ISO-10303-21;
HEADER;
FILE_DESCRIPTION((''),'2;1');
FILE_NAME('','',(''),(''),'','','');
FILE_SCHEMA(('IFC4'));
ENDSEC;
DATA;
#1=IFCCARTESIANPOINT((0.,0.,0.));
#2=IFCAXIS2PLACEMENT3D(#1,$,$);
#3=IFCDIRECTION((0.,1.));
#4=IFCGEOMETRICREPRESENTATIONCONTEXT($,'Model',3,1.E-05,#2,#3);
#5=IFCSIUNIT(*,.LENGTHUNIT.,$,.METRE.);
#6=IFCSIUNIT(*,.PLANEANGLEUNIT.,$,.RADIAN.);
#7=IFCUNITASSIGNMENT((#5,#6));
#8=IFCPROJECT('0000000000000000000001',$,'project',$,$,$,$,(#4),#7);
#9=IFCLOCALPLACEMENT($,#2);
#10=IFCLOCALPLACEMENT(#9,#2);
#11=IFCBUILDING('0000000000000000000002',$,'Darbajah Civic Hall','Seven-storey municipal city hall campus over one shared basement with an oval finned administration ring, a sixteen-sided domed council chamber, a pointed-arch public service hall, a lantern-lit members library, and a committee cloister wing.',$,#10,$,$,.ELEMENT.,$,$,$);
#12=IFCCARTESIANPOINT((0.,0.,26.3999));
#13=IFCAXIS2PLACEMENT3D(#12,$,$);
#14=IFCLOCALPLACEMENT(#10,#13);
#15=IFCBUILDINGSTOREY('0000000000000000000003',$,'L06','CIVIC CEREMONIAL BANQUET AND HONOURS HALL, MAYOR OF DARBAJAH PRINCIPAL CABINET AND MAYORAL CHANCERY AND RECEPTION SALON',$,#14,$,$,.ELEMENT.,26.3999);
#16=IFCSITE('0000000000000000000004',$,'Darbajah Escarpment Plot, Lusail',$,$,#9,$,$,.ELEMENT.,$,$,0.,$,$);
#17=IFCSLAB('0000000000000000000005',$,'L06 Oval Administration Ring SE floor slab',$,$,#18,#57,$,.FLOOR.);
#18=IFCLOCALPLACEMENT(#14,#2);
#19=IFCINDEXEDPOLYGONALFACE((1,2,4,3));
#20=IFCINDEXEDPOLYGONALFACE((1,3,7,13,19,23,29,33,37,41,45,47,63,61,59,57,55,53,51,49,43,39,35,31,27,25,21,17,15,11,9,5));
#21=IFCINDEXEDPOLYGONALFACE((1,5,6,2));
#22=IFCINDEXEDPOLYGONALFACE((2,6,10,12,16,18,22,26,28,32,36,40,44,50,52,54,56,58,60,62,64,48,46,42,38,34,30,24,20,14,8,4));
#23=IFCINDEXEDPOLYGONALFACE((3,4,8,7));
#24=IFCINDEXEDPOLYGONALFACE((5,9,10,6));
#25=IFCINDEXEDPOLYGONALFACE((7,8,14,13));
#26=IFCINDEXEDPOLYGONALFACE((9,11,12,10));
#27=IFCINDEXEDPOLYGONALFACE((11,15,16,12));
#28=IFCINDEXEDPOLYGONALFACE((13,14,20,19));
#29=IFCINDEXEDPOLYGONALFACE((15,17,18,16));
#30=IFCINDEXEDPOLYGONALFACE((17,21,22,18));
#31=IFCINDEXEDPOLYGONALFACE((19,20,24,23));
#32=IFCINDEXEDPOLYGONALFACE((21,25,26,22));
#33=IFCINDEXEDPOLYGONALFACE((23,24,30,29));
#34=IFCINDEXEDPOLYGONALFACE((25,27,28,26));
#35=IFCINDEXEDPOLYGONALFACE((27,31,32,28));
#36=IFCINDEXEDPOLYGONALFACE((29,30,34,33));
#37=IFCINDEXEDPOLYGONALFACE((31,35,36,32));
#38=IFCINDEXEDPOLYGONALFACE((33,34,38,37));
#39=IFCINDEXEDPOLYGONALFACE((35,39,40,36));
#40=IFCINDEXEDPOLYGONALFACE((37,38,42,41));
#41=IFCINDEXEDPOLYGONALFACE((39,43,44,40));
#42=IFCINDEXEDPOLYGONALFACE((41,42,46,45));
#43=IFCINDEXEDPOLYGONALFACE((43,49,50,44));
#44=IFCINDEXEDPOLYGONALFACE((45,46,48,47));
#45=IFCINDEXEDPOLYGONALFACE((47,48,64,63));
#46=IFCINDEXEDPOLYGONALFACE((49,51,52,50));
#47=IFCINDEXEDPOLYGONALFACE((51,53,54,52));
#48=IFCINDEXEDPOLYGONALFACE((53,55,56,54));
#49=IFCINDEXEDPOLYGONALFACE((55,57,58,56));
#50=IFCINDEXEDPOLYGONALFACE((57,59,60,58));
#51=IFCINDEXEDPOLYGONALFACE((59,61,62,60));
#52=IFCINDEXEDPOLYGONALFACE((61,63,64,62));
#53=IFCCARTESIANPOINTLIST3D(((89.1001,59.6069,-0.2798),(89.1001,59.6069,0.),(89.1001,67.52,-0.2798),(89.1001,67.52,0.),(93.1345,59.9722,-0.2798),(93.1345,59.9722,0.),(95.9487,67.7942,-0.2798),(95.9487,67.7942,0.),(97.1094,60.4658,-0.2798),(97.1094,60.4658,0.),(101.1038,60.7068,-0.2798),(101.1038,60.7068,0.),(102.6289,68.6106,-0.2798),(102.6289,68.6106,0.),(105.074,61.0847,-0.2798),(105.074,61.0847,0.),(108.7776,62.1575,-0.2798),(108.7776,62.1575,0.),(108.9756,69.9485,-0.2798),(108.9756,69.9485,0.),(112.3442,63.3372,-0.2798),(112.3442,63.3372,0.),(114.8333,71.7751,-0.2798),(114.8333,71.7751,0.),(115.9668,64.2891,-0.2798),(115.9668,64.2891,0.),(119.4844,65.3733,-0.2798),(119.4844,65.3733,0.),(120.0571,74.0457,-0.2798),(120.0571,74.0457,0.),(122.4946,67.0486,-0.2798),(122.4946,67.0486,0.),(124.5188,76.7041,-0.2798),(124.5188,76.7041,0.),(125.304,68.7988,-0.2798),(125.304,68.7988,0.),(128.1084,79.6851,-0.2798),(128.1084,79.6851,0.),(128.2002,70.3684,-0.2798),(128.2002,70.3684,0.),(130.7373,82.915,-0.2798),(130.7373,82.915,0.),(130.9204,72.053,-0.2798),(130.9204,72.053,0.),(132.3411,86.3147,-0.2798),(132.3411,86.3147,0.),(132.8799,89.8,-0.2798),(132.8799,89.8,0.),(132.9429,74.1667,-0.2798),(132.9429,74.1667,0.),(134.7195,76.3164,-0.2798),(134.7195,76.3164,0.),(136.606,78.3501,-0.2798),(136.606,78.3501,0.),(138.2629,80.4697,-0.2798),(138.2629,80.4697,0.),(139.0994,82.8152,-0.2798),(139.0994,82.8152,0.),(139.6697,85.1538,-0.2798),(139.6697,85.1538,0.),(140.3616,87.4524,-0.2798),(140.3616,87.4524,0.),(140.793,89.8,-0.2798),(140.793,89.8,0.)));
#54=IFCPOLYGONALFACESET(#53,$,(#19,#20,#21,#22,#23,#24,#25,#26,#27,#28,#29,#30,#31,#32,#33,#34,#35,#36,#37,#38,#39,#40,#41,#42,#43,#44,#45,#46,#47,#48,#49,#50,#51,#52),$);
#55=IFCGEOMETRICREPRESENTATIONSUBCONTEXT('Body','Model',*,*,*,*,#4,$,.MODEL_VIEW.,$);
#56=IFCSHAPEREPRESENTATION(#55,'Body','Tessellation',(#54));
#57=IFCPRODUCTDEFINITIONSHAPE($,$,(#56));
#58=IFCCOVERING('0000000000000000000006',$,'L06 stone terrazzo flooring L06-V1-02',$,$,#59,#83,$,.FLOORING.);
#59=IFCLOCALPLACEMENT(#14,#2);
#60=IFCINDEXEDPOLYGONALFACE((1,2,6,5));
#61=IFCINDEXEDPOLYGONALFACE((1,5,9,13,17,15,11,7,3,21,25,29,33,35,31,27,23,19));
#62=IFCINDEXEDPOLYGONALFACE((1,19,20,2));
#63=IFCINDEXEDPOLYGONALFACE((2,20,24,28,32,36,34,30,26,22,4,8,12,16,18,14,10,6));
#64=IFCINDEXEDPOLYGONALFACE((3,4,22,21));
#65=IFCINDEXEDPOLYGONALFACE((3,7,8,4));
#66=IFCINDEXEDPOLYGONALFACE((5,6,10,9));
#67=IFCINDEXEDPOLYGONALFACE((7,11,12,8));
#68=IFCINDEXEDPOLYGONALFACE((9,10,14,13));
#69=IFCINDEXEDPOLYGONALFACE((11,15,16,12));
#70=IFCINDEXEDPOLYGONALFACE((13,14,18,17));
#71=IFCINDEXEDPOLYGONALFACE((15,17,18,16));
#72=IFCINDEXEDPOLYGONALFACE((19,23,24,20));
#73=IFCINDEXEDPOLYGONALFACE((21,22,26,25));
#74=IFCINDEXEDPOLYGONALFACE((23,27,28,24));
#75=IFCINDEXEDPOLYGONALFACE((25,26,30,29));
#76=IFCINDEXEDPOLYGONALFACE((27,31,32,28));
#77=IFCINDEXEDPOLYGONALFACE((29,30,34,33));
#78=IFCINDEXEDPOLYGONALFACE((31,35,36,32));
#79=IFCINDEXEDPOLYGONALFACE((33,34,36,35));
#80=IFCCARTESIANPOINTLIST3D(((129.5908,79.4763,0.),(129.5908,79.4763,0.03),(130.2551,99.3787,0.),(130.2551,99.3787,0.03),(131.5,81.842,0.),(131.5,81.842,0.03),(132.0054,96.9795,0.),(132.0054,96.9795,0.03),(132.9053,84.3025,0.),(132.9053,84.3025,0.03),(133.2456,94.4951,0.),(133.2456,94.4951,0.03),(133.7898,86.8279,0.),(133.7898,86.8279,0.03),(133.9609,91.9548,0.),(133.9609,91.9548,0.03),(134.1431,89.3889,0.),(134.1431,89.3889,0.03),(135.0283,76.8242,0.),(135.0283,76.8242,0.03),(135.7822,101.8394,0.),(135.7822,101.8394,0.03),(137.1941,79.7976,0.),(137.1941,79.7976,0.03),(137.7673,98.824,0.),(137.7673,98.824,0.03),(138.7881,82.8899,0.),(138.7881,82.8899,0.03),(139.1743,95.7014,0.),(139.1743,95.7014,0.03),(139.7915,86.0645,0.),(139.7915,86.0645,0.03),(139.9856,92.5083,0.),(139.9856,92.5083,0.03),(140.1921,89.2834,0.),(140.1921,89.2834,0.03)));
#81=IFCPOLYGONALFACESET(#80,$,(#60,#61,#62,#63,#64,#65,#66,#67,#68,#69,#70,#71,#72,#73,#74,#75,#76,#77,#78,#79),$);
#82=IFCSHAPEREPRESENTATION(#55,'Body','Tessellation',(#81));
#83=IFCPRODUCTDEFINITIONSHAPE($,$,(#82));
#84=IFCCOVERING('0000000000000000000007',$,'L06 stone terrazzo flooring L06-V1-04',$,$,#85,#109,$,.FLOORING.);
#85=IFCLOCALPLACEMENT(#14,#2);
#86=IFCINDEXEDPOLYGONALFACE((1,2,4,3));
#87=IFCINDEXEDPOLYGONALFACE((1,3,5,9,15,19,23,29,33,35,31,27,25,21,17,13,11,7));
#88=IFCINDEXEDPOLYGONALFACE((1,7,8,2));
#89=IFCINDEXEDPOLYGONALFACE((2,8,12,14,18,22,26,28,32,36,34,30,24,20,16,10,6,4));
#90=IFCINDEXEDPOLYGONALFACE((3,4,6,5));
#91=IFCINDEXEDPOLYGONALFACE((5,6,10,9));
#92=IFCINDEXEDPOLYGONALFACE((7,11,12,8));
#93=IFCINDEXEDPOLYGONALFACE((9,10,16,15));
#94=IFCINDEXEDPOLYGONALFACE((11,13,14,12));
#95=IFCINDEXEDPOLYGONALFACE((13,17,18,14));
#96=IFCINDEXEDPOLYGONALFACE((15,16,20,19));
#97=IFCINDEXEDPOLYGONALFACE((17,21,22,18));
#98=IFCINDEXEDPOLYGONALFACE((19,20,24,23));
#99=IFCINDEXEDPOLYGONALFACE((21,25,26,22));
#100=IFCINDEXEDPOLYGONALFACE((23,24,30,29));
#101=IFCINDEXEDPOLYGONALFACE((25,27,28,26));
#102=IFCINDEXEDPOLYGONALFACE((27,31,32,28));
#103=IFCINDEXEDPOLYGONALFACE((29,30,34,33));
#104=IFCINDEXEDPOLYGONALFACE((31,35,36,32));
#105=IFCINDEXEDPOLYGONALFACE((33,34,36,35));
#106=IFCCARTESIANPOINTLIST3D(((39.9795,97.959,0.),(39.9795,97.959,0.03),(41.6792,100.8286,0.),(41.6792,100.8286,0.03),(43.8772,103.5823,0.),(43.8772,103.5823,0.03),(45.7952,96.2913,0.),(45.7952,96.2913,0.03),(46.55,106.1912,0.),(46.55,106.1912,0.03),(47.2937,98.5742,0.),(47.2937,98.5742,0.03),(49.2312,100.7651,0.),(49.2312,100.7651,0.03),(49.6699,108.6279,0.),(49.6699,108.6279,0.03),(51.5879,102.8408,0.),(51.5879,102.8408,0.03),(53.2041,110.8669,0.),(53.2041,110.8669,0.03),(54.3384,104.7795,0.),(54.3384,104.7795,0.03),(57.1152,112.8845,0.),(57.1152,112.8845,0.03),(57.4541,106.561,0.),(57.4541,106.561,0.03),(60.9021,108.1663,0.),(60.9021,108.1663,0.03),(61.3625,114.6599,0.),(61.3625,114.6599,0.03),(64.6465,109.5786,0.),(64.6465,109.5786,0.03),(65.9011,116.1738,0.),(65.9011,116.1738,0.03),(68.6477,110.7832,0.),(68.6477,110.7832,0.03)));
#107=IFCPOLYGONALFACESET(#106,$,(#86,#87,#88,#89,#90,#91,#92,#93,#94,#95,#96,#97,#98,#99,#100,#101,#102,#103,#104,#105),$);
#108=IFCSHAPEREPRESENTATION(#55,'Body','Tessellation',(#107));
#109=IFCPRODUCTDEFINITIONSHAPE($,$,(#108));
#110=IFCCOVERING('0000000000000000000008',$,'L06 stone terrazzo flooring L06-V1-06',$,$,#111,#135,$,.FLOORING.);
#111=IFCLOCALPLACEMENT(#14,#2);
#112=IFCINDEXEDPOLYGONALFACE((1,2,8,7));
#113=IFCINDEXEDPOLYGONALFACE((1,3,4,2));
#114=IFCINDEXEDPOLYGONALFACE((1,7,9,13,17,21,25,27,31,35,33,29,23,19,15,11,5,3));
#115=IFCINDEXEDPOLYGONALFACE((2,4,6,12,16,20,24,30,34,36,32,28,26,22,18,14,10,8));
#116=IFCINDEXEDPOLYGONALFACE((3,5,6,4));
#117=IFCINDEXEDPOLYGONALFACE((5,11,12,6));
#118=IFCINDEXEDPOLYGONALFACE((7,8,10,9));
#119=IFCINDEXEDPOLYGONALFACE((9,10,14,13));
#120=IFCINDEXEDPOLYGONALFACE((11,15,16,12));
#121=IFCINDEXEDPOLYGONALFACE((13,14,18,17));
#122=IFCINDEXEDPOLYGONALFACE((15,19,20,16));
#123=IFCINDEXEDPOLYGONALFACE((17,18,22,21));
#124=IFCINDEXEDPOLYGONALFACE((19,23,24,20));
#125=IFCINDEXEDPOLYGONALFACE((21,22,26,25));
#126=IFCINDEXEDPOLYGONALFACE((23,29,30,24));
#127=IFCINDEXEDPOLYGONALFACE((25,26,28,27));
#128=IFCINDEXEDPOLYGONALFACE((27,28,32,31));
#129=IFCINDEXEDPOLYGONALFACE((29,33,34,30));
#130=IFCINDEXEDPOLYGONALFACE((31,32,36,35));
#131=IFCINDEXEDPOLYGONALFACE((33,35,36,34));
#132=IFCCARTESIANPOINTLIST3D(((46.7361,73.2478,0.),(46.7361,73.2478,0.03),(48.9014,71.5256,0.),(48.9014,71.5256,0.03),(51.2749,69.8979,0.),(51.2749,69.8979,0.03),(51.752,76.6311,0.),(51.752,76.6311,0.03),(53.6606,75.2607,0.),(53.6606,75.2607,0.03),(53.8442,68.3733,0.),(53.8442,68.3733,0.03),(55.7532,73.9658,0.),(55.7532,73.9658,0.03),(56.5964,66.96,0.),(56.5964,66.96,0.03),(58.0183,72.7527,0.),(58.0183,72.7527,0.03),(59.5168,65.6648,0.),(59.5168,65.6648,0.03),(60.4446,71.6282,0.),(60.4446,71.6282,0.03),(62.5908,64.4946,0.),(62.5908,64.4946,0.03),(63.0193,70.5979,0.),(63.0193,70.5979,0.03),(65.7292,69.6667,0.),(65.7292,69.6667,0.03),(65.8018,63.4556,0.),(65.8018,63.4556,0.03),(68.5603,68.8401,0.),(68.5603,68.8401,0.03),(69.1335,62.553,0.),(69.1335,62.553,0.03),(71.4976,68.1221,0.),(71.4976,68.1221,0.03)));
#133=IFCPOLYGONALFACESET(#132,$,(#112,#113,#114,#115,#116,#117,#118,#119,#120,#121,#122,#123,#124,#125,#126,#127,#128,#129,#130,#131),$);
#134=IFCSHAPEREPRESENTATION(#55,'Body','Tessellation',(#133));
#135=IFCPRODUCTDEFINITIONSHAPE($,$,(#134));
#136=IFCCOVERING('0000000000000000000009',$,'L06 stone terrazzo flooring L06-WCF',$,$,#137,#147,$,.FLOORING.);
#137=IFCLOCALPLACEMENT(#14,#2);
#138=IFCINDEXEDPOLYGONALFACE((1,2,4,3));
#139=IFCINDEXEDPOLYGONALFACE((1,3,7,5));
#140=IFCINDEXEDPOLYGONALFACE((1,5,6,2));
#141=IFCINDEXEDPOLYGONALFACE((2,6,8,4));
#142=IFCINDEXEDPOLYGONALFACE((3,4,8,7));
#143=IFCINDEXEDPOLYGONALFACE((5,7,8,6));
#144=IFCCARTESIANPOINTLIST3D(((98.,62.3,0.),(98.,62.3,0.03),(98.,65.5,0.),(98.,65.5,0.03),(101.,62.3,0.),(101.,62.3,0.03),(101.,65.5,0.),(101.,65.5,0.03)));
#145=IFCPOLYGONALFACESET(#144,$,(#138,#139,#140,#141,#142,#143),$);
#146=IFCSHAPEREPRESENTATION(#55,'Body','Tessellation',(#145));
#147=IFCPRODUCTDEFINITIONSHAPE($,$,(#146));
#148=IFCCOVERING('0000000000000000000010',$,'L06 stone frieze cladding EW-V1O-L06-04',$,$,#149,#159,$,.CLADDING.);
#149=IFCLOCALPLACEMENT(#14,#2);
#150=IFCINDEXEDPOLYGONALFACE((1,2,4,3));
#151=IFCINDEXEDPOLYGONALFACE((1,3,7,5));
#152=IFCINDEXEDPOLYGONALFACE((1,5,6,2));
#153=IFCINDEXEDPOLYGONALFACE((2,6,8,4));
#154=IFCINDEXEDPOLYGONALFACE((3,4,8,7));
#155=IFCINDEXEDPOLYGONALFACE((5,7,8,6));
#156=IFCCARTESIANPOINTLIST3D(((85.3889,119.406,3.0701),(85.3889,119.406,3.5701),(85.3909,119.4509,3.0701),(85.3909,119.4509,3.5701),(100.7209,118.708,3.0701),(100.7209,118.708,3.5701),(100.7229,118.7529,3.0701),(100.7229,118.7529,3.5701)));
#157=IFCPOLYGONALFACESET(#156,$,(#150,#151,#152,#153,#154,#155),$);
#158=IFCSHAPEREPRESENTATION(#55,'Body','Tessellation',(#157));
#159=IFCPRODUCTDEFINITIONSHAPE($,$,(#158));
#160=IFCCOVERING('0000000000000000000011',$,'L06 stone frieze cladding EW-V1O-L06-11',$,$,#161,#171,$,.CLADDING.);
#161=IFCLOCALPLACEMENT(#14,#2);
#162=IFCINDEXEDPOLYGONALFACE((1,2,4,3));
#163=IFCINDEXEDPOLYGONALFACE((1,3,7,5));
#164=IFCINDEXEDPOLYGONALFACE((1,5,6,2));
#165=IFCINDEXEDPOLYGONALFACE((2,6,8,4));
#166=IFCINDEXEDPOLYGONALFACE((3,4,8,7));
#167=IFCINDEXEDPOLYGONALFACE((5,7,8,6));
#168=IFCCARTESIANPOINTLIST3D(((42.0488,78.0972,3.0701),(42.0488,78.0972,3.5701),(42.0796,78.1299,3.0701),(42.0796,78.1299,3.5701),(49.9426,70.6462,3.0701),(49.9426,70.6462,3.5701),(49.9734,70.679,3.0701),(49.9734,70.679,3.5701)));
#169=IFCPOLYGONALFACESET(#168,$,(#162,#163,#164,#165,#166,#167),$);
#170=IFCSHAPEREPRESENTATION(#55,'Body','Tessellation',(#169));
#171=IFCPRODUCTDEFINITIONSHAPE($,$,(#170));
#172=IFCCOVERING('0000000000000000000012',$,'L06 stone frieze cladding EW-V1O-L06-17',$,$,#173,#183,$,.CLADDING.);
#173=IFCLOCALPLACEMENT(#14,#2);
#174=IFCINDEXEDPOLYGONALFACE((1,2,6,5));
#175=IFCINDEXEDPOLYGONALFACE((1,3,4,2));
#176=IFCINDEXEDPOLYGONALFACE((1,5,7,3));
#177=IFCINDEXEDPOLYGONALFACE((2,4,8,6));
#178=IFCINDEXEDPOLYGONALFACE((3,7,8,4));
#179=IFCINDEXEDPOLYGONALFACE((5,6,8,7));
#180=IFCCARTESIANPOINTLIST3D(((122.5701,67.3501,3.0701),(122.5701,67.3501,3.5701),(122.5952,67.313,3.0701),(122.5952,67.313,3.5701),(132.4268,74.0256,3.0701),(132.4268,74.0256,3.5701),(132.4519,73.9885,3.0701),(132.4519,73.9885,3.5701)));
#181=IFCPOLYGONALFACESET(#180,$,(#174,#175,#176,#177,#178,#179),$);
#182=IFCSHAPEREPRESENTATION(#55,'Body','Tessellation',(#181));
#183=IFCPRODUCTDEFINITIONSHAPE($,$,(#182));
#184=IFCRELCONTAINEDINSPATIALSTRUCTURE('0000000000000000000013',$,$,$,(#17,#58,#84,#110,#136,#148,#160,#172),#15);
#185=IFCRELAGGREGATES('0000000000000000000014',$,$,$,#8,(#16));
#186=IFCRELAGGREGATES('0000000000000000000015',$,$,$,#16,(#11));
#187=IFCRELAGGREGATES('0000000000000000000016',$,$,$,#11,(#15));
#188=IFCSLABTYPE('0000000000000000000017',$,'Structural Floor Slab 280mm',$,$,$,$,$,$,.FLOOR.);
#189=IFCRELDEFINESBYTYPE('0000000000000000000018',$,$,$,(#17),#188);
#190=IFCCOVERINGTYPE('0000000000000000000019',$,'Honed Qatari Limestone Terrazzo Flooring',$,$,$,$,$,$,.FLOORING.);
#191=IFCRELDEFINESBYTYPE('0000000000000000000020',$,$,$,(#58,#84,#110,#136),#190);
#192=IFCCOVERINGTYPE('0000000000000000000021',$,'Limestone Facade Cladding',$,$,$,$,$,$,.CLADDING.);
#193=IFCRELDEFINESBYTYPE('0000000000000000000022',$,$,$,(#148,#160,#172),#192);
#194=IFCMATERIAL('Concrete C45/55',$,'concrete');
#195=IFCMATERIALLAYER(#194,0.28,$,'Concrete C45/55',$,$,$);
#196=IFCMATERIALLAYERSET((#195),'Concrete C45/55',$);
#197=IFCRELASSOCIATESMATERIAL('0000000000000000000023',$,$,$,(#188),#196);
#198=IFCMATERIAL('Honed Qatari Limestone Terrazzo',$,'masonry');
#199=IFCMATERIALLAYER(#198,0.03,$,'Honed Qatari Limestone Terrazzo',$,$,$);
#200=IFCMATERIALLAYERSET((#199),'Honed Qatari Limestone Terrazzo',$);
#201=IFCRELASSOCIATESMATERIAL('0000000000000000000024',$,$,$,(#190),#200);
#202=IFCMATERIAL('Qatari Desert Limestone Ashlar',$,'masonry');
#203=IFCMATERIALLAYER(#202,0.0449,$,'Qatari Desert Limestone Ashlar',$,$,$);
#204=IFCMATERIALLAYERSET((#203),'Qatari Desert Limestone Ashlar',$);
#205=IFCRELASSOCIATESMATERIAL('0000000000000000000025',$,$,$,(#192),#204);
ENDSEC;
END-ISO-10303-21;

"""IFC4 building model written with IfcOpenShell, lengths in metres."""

from ifc_helpers import new_model, si_unit, direction, frame, origin, place, context, subcontext, project, spatial, polyline, outline, extrude, material, layer, layer_set, type_object, element, save


model = new_model("IFC4")

# Units and contexts
model_context = context("Model", 3, precision=1e-05, world=origin(), true_north=direction((0.0, 1.0)))
body_context = subcontext(model_context, "Body", "Model", "MODEL_VIEW")
ifc_project = project(units=[si_unit("LENGTHUNIT", "METRE"), si_unit("PLANEANGLEUNIT", "RADIAN")], contexts=[model_context])

# Site, building, storey
site_placement = place(None, origin())
site = spatial("IfcSite", under=ifc_project, at=site_placement, Name="Darbajah Escarpment Plot, Lusail", CompositionType="ELEMENT", RefElevation=0.0)
building_placement = place(site_placement, origin())
building = spatial("IfcBuilding", under=site, at=building_placement, Name="Darbajah Civic Hall", Description="Seven-storey municipal city hall campus over one shared basement with an oval finned administration ring, a sixteen-sided domed council chamber, a pointed-arch public service hall, a lantern-lit members library, and a committee cloister wing.", CompositionType="ELEMENT")
storey_placement = place(building_placement, frame((0.0, 0.0, 26.3999)))
storey = spatial("IfcBuildingStorey", under=building, at=storey_placement, Name="L06", Description="CIVIC CEREMONIAL BANQUET AND HONOURS HALL, MAYOR OF DARBAJAH PRINCIPAL CABINET AND MAYORAL CHANCERY AND RECEPTION SALON", CompositionType="ELEMENT", Elevation=26.3999)

# Shared definitions
ifc_material_1 = material(Name="Concrete C45/55", Category="concrete")

# Slab
ifc_layer_1 = layer(ifc_material_1, 0.28, Name="Concrete C45/55")
ifc_layer_set_1 = layer_set([ifc_layer_1], Name="Concrete C45/55")
slab_type_1 = type_object("IfcSlabType", Name="Structural Floor Slab 280mm", PredefinedType="FLOOR", material=ifc_layer_set_1)
slab_1_placement = place(storey_placement, frame((0.0, 0.0, -0.2798)))
element("IfcSlab", 1, at=slab_1_placement, inside=storey, type_object=slab_type_1, Name="L06 Oval Administration Ring SE floor slab", PredefinedType="FLOOR", context=body_context, shape_type="SweptSolid", body=[
    extrude(outline(polyline([(89.1001, 59.6069), (93.1345, 59.9722), (97.1094, 60.4658), (101.1038, 60.7068), (105.074, 61.0847), (108.7776, 62.1575), (112.3442, 63.3372), (115.9668, 64.2891), (119.4844, 65.3733), (122.4946, 67.0486), (125.304, 68.7988), (128.2002, 70.3684), (130.9204, 72.053), (132.9429, 74.1667), (134.7195, 76.3164), (136.606, 78.3501), (138.2629, 80.4697), (139.0994, 82.8152), (139.6697, 85.1538), (140.3616, 87.4524), (140.793, 89.8), (132.8799, 89.8), (132.3411, 86.3147), (130.7373, 82.915), (128.1084, 79.6851), (124.5188, 76.7041), (120.0571, 74.0457), (114.8333, 71.7751), (108.9756, 69.9485), (102.6289, 68.6106), (95.9487, 67.7942), (89.1001, 67.52), (89.1001, 59.6069)])), origin(), (0.0, 0.0, 1.0), 0.2798),
])

# Coverings
ifc_material_2 = material(Name="Honed Qatari Limestone Terrazzo", Category="masonry")
ifc_layer_2 = layer(ifc_material_2, 0.03, Name="Honed Qatari Limestone Terrazzo")
ifc_layer_set_2 = layer_set([ifc_layer_2], Name="Honed Qatari Limestone Terrazzo")
covering_type_1 = type_object("IfcCoveringType", Name="Honed Qatari Limestone Terrazzo Flooring", PredefinedType="FLOORING", material=ifc_layer_set_2)
covering_1_placement = place(storey_placement, origin())
element("IfcCovering", 2, at=covering_1_placement, inside=storey, type_object=covering_type_1, Name="L06 stone terrazzo flooring L06-V1-02", PredefinedType="FLOORING", context=body_context, shape_type="SweptSolid", body=[
    extrude(outline(polyline([(135.0283, 76.8242), (137.1941, 79.7976), (138.7881, 82.8899), (139.7915, 86.0645), (140.1921, 89.2834), (139.9856, 92.5083), (139.1743, 95.7014), (137.7673, 98.824), (135.7822, 101.8394), (130.2551, 99.3787), (132.0054, 96.9795), (133.2456, 94.4951), (133.9609, 91.9548), (134.1431, 89.3889), (133.7898, 86.8279), (132.9053, 84.3025), (131.5, 81.842), (129.5908, 79.4763), (135.0283, 76.8242)])), origin(), (0.0, 0.0, 1.0), 0.03),
])
covering_2_placement = place(storey_placement, origin())
element("IfcCovering", 3, at=covering_2_placement, inside=storey, type_object=covering_type_1, Name="L06 stone terrazzo flooring L06-V1-04", PredefinedType="FLOORING", context=body_context, shape_type="SweptSolid", body=[
    extrude(outline(polyline([(65.9011, 116.1738), (61.3625, 114.6599), (57.1152, 112.8845), (53.2041, 110.8669), (49.6699, 108.6279), (46.55, 106.1912), (43.8772, 103.5823), (41.6792, 100.8286), (39.9795, 97.959), (45.7952, 96.2913), (47.2937, 98.5742), (49.2312, 100.7651), (51.5879, 102.8408), (54.3384, 104.7795), (57.4541, 106.561), (60.9021, 108.1663), (64.6465, 109.5786), (68.6477, 110.7832), (65.9011, 116.1738)])), origin(), (0.0, 0.0, 1.0), 0.03),
])
covering_3_placement = place(storey_placement, origin())
element("IfcCovering", 4, at=covering_3_placement, inside=storey, type_object=covering_type_1, Name="L06 stone terrazzo flooring L06-V1-06", PredefinedType="FLOORING", context=body_context, shape_type="SweptSolid", body=[
    extrude(outline(polyline([(46.7361, 73.2478), (48.9014, 71.5256), (51.2749, 69.8979), (53.8442, 68.3733), (56.5964, 66.96), (59.5168, 65.6648), (62.5908, 64.4946), (65.8018, 63.4556), (69.1335, 62.553), (71.4976, 68.1221), (68.5603, 68.8401), (65.7292, 69.6667), (63.0193, 70.5979), (60.4446, 71.6282), (58.0183, 72.7527), (55.7532, 73.9658), (53.6606, 75.2607), (51.752, 76.6311), (46.7361, 73.2478)])), origin(), (0.0, 0.0, 1.0), 0.03),
])
covering_4_placement = place(storey_placement, origin())
element("IfcCovering", 5, at=covering_4_placement, inside=storey, type_object=covering_type_1, Name="L06 stone terrazzo flooring L06-WCF", PredefinedType="FLOORING", context=body_context, shape_type="SweptSolid", body=[
    extrude(outline(polyline([(98.0, 62.3), (101.0, 62.3), (101.0, 65.5), (98.0, 65.5), (98.0, 62.3)])), origin(), (0.0, 0.0, 1.0), 0.03),
])
ifc_material_3 = material(Name="Qatari Desert Limestone Ashlar", Category="masonry")
ifc_layer_3 = layer(ifc_material_3, 0.0449, Name="Qatari Desert Limestone Ashlar")
ifc_layer_set_3 = layer_set([ifc_layer_3], Name="Qatari Desert Limestone Ashlar")
covering_type_2 = type_object("IfcCoveringType", Name="Limestone Facade Cladding", PredefinedType="CLADDING", material=ifc_layer_set_3)
covering_5_placement = place(storey_placement, frame((0.0, 0.0, 3.0701)))
element("IfcCovering", 6, at=covering_5_placement, inside=storey, type_object=covering_type_2, Name="L06 stone frieze cladding EW-V1O-L06-04", PredefinedType="CLADDING", context=body_context, shape_type="SweptSolid", body=[
    extrude(outline(polyline([(100.7209, 118.708), (85.3889, 119.406), (85.3909, 119.4509), (100.7229, 118.7529), (100.7209, 118.708)])), origin(), (0.0, 0.0, 1.0), 0.5),
])
covering_6_placement = place(storey_placement, frame((0.0, 0.0, 3.0701)))
element("IfcCovering", 7, at=covering_6_placement, inside=storey, type_object=covering_type_2, Name="L06 stone frieze cladding EW-V1O-L06-11", PredefinedType="CLADDING", context=body_context, shape_type="SweptSolid", body=[
    extrude(outline(polyline([(42.0796, 78.1299), (49.9734, 70.679), (49.9426, 70.6462), (42.0488, 78.0972), (42.0796, 78.1299)])), origin(), (0.0, 0.0, 1.0), 0.5),
])
covering_7_placement = place(storey_placement, frame((0.0, 0.0, 3.0701)))
element("IfcCovering", 8, at=covering_7_placement, inside=storey, type_object=covering_type_2, Name="L06 stone frieze cladding EW-V1O-L06-17", PredefinedType="CLADDING", context=body_context, shape_type="SweptSolid", body=[
    extrude(outline(polyline([(122.5701, 67.3501), (132.4268, 74.0256), (132.4519, 73.9885), (122.5952, 67.313), (122.5701, 67.3501)])), origin(), (0.0, 0.0, 1.0), 0.5),
])

save(model, "model.ifc")
